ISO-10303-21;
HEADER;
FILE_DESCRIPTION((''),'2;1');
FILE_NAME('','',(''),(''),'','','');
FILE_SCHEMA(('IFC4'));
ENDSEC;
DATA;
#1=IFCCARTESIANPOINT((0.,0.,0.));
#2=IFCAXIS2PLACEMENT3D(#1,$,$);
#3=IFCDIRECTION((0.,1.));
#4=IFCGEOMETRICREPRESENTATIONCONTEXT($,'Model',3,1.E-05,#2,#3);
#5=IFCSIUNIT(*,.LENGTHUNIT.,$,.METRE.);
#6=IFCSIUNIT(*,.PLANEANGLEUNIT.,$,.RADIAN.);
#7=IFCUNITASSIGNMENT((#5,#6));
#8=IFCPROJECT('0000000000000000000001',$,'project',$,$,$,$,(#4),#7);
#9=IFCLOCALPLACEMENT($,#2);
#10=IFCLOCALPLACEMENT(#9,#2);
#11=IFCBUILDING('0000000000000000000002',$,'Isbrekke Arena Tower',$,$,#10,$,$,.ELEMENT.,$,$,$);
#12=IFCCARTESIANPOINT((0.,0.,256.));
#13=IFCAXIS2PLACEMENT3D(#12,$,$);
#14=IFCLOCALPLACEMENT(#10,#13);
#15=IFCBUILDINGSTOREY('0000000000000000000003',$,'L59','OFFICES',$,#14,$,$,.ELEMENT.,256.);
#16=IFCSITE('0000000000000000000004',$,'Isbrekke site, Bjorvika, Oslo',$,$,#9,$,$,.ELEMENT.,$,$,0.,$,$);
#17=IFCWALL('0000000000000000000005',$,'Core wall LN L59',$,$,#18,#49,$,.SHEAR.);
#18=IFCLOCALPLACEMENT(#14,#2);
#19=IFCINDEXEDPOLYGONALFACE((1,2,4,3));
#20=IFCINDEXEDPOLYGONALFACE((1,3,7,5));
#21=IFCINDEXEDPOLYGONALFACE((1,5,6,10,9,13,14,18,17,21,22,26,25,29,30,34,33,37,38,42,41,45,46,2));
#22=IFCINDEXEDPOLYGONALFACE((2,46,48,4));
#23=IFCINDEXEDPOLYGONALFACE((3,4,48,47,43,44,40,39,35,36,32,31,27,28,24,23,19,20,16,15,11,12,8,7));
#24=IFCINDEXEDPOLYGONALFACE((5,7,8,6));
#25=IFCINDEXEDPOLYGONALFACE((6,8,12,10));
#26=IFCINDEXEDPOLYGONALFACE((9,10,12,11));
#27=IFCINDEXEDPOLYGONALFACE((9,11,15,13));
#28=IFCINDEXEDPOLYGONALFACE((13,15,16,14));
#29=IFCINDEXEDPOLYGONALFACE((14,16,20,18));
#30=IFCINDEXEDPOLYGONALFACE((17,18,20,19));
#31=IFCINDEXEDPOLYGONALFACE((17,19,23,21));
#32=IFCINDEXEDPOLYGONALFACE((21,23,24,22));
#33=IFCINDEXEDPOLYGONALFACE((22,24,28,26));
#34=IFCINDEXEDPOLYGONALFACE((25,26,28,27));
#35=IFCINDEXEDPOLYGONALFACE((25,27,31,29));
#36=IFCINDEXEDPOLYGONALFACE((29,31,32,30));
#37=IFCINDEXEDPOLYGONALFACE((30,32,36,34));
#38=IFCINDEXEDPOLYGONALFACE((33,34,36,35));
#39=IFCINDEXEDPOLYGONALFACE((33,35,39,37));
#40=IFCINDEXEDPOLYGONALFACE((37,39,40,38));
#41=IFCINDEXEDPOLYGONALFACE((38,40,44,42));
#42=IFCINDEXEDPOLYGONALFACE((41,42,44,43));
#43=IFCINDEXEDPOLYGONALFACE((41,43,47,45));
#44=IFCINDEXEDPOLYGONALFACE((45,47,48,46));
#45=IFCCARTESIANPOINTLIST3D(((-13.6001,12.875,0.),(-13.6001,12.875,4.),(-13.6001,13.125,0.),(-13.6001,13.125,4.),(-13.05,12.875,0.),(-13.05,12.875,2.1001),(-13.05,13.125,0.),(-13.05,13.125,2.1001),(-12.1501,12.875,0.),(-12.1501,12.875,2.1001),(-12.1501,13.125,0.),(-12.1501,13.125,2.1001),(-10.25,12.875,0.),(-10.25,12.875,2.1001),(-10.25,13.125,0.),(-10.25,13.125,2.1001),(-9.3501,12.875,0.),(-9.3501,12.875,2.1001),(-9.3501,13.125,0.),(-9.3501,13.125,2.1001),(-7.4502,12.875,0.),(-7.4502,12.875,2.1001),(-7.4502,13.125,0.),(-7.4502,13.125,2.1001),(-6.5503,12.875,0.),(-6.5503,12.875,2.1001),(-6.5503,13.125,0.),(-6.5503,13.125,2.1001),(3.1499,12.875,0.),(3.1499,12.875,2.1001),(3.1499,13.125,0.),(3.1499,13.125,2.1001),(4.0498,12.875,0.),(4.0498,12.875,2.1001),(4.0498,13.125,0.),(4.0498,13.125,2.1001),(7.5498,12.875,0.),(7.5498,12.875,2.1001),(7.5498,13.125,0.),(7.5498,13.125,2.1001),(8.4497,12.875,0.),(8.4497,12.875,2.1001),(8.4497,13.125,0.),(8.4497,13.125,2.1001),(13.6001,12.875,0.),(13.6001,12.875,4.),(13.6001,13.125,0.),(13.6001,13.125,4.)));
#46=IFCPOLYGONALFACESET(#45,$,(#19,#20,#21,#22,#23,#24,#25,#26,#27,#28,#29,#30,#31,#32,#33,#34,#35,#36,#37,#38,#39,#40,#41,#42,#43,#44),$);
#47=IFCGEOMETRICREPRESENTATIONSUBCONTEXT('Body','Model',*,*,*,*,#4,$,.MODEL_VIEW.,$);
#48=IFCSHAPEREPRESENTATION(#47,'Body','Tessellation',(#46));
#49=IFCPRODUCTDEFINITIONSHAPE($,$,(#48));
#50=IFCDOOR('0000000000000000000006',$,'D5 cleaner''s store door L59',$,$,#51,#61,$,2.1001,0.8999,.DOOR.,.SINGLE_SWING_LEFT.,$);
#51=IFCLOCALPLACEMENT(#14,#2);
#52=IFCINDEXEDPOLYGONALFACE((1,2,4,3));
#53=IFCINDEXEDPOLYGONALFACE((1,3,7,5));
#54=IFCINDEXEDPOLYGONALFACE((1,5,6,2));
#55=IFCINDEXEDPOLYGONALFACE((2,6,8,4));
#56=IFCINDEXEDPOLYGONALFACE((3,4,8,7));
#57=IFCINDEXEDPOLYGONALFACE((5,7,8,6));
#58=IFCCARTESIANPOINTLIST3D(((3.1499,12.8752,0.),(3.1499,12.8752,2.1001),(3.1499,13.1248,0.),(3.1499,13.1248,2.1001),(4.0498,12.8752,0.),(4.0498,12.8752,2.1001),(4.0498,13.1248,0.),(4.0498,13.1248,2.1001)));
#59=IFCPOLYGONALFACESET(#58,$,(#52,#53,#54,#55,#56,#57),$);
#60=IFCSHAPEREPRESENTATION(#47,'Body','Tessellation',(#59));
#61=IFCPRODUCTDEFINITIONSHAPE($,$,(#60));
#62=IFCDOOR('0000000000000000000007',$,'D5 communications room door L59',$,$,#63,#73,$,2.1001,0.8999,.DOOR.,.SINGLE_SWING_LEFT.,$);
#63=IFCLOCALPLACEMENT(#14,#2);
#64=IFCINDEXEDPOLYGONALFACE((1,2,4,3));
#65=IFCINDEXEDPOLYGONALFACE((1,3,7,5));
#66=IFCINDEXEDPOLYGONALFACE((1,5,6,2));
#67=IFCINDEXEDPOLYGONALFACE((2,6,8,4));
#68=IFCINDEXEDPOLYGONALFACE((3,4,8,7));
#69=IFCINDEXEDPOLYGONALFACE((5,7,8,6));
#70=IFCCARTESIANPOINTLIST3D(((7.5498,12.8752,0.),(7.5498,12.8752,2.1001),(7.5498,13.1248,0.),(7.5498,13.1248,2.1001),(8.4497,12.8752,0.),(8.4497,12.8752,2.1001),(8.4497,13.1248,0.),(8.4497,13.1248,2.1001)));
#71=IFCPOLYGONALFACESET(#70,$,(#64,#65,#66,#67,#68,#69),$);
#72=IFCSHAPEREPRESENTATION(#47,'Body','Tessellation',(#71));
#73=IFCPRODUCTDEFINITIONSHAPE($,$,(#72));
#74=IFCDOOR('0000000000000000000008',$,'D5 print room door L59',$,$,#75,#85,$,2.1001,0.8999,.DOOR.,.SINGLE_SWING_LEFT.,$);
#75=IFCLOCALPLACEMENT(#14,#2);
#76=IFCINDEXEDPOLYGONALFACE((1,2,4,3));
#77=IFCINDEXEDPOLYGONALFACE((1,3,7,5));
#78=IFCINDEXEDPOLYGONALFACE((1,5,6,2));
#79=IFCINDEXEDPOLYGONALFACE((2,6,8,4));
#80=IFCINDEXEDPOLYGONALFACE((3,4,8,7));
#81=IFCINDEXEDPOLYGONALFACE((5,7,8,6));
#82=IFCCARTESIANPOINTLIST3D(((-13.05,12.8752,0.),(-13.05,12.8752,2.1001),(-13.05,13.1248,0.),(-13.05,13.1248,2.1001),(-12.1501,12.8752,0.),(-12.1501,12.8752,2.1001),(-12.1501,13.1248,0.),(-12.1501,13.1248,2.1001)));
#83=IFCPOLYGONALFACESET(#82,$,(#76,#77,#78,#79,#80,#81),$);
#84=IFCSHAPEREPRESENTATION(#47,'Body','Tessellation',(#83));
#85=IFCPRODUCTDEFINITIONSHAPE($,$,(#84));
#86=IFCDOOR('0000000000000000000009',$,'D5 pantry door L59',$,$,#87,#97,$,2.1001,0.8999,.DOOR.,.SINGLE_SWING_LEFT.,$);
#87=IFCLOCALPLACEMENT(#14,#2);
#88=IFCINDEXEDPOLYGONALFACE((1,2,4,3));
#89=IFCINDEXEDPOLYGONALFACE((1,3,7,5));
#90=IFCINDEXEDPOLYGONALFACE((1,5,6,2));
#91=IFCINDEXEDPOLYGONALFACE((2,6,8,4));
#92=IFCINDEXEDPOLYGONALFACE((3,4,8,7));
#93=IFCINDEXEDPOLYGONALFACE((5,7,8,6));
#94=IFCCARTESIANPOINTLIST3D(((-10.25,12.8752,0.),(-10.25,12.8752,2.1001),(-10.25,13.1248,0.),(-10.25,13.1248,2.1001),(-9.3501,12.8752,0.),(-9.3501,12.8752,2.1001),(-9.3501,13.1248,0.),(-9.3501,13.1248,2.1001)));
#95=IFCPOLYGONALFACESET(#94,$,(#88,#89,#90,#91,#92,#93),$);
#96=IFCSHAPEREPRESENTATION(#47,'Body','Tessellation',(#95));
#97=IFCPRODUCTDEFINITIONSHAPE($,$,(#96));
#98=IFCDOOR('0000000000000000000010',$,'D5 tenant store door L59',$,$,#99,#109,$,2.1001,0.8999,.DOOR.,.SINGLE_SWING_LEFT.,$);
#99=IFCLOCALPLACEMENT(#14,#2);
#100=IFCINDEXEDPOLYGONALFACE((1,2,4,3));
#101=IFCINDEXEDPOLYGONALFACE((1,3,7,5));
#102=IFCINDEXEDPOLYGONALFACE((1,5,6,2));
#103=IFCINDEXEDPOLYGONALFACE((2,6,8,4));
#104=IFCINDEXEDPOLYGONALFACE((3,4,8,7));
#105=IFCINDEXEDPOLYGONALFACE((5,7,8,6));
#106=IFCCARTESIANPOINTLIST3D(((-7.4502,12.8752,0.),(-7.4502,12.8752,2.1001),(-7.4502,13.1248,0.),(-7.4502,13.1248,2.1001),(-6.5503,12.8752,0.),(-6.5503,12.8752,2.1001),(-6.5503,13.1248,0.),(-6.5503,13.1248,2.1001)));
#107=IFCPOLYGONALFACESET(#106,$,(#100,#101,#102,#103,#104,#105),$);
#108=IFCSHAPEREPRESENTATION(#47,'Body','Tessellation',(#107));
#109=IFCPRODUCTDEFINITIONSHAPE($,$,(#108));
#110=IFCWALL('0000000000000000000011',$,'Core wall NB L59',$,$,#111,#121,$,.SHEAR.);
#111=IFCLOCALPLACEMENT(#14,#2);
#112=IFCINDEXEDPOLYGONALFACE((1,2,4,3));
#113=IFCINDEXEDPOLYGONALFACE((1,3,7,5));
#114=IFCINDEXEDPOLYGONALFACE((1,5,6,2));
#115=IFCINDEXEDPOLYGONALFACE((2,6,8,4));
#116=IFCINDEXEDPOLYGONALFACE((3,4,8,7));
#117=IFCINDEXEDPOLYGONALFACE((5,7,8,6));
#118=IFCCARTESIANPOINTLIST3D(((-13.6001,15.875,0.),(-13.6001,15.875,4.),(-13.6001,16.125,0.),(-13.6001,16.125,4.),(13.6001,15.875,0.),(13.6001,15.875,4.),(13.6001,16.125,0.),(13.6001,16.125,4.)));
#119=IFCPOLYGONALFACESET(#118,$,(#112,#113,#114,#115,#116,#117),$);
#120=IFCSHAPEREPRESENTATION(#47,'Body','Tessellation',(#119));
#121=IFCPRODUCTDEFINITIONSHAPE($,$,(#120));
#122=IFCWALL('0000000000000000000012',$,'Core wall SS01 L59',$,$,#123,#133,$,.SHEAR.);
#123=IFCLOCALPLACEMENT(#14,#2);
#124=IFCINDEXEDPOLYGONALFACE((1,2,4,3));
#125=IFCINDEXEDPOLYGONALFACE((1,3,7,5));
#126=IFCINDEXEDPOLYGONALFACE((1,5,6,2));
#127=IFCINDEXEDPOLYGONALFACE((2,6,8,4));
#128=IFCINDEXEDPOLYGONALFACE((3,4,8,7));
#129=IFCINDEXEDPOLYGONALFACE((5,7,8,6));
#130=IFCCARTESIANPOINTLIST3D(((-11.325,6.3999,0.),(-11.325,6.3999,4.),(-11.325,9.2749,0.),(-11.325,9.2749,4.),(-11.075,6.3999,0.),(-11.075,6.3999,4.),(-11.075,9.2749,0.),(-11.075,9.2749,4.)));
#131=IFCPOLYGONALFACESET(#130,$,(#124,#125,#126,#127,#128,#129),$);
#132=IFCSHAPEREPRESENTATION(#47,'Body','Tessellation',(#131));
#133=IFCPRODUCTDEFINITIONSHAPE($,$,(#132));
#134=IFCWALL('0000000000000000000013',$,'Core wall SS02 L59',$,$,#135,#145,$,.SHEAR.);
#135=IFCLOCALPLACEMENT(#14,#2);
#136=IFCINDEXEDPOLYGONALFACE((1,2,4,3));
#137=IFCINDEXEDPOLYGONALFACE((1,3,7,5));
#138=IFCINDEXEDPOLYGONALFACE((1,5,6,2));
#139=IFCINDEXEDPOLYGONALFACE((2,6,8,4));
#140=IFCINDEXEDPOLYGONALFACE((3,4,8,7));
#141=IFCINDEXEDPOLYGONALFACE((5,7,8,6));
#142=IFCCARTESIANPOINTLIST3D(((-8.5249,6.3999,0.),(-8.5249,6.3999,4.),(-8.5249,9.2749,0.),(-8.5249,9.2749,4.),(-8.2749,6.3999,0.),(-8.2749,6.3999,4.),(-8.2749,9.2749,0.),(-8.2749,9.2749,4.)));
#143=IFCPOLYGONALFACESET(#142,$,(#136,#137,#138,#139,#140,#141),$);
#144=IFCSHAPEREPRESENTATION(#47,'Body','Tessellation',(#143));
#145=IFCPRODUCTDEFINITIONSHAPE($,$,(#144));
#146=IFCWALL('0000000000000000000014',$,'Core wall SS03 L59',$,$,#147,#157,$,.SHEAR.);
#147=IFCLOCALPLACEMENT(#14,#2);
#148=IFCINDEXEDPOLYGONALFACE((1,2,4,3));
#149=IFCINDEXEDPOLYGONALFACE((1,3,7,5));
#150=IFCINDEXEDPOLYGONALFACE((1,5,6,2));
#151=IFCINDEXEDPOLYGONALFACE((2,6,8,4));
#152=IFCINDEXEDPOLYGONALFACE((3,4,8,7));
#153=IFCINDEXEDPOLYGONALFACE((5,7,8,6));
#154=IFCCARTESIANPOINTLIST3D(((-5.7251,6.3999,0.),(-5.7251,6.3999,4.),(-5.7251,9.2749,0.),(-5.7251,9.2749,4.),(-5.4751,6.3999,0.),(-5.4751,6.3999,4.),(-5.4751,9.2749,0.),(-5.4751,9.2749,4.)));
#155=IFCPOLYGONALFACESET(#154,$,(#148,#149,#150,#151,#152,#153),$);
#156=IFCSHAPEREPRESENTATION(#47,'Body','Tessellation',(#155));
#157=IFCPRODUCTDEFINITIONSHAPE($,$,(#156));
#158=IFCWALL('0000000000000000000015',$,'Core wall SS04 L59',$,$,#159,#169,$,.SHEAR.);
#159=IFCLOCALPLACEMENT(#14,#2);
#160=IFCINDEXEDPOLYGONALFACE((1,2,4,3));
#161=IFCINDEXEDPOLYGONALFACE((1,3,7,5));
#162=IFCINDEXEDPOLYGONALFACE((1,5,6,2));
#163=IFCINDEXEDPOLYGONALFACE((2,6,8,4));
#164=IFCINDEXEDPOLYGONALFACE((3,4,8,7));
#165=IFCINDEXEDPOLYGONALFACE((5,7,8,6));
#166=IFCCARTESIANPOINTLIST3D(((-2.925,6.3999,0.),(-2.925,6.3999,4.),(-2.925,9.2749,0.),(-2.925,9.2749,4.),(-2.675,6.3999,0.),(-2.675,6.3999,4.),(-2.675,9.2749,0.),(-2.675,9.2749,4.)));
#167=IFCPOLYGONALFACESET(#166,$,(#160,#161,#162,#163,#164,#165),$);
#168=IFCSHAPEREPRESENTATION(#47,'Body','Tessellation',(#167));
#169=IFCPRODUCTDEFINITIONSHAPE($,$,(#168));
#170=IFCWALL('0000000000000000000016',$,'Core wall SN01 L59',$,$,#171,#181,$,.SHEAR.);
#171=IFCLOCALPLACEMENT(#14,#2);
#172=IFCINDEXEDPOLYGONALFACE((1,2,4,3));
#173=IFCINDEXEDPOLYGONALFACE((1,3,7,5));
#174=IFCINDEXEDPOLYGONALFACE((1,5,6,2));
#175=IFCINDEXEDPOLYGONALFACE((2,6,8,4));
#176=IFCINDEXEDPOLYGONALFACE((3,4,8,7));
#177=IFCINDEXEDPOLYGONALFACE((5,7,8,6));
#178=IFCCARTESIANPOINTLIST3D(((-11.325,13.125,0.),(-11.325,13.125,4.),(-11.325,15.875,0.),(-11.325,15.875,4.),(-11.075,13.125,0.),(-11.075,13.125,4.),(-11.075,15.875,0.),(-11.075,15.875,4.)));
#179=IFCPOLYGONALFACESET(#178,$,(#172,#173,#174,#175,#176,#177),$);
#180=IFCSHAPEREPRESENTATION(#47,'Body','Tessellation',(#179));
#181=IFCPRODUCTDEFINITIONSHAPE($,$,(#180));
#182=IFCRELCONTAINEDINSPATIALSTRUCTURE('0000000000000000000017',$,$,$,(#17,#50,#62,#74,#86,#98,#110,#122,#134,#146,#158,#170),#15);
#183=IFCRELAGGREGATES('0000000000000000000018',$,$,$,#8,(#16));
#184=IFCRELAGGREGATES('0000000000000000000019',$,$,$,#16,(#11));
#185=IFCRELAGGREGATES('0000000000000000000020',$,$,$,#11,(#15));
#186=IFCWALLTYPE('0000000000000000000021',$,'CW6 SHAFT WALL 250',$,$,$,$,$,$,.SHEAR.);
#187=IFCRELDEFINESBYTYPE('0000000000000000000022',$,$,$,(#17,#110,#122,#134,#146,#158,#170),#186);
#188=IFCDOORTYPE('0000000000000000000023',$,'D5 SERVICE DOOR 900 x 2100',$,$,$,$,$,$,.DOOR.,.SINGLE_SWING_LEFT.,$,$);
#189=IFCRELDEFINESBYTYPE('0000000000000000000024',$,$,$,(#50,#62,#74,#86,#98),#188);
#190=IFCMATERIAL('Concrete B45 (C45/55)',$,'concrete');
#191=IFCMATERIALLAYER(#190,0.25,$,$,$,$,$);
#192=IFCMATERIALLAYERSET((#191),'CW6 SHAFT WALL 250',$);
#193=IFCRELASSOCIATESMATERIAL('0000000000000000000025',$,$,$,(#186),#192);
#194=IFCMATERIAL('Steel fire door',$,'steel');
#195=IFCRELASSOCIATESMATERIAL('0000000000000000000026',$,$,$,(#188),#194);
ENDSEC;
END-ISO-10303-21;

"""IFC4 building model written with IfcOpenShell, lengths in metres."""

from ifc_helpers import new_model, si_unit, direction, frame, frame_2d, origin, place, context, subcontext, project, spatial, rectangle, extrude, material, layer, layer_set, type_object, element, fill, save


model = new_model("IFC4")

# Units and contexts
model_context = context("Model", 3, precision=1e-05, world=origin(), true_north=direction((0.0, 1.0)))
body_context = subcontext(model_context, "Body", "Model", "MODEL_VIEW")
ifc_project = project(units=[si_unit("LENGTHUNIT", "METRE"), si_unit("PLANEANGLEUNIT", "RADIAN")], contexts=[model_context])

# Site, building, storey
site_placement = place(None, origin())
site = spatial("IfcSite", under=ifc_project, at=site_placement, Name="Isbrekke site, Bjorvika, Oslo", CompositionType="ELEMENT", RefElevation=0.0)
building_placement = place(site_placement, origin())
building = spatial("IfcBuilding", under=site, at=building_placement, Name="Isbrekke Arena Tower", CompositionType="ELEMENT")
storey_placement = place(building_placement, frame((0.0, 0.0, 256.0)))
storey = spatial("IfcBuildingStorey", under=building, at=storey_placement, Name="L59", Description="OFFICES", CompositionType="ELEMENT", Elevation=256.0)

# Wall, openings, doors
ifc_material_1 = material(Name="Concrete B45 (C45/55)", Category="concrete")
ifc_layer_1 = layer(ifc_material_1, 0.25)
ifc_layer_set_1 = layer_set([ifc_layer_1], Name="CW6 SHAFT WALL 250")
wall_type_1 = type_object("IfcWallType", Name="CW6 SHAFT WALL 250", PredefinedType="SHEAR", material=ifc_layer_set_1)
wall_1_placement = place(storey_placement, frame((-13.6001, 13.0, 0.0), z_axis=(0.0, 0.0, 1.0), x_axis=(1.0, 0.0, 0.0)))
wall_1 = element("IfcWall", 1, at=wall_1_placement, inside=storey, type_object=wall_type_1, Name="Core wall LN L59", PredefinedType="SHEAR", context=body_context, shape_type="SweptSolid", body=[
    extrude(rectangle(XDim=27.2002, YDim=0.25, at=frame_2d((13.6001, 0.0))), origin(), (0.0, 0.0, 1.0), 4.0),
])
opening_1_placement = place(wall_1_placement, frame((16.75, 0.0, 0.0)))
opening_1 = element("IfcOpeningElement", 2, at=opening_1_placement, cuts=wall_1, PredefinedType="OPENING", context=body_context, shape_type="SweptSolid", body=[
    extrude(rectangle(XDim=0.8999, YDim=2.1001, at=frame_2d((0.45, 1.05))), frame((0.0, 0.1399, 0.0), z_axis=(0.0, -1.0, 0.0), x_axis=(1.0, 0.0, 0.0)), (0.0, 0.0, 1.0), 0.2798),
])
opening_2_placement = place(wall_1_placement, frame((21.1499, 0.0, 0.0)))
opening_2 = element("IfcOpeningElement", 3, at=opening_2_placement, cuts=wall_1, PredefinedType="OPENING", context=body_context, shape_type="SweptSolid", body=[
    extrude(rectangle(XDim=0.8999, YDim=2.1001, at=frame_2d((0.45, 1.05))), frame((0.0, 0.1399, 0.0), z_axis=(0.0, -1.0, 0.0), x_axis=(1.0, 0.0, 0.0)), (0.0, 0.0, 1.0), 0.2798),
])
opening_3_placement = place(wall_1_placement, frame((0.55, 0.0, 0.0)))
opening_3 = element("IfcOpeningElement", 4, at=opening_3_placement, cuts=wall_1, PredefinedType="OPENING", context=body_context, shape_type="SweptSolid", body=[
    extrude(rectangle(XDim=0.8999, YDim=2.1001, at=frame_2d((0.45, 1.05))), frame((0.0, 0.1399, 0.0), z_axis=(0.0, -1.0, 0.0), x_axis=(1.0, 0.0, 0.0)), (0.0, 0.0, 1.0), 0.2798),
])
opening_4_placement = place(wall_1_placement, frame((3.3501, 0.0, 0.0)))
opening_4 = element("IfcOpeningElement", 5, at=opening_4_placement, cuts=wall_1, PredefinedType="OPENING", context=body_context, shape_type="SweptSolid", body=[
    extrude(rectangle(XDim=0.8999, YDim=2.1001, at=frame_2d((0.45, 1.05))), frame((0.0, 0.1399, 0.0), z_axis=(0.0, -1.0, 0.0), x_axis=(1.0, 0.0, 0.0)), (0.0, 0.0, 1.0), 0.2798),
])
opening_5_placement = place(wall_1_placement, frame((6.1499, 0.0, 0.0)))
opening_5 = element("IfcOpeningElement", 6, at=opening_5_placement, cuts=wall_1, PredefinedType="OPENING", context=body_context, shape_type="SweptSolid", body=[
    extrude(rectangle(XDim=0.8999, YDim=2.1001, at=frame_2d((0.45, 1.05))), frame((0.0, 0.1399, 0.0), z_axis=(0.0, -1.0, 0.0), x_axis=(1.0, 0.0, 0.0)), (0.0, 0.0, 1.0), 0.2798),
])
ifc_material_2 = material(Name="Steel fire door", Category="steel")
door_type_1 = type_object("IfcDoorType", Name="D5 SERVICE DOOR 900 x 2100", OperationType="SINGLE_SWING_LEFT", PredefinedType="DOOR", material=ifc_material_2)
door_1_placement = place(opening_1_placement, origin())
door_1 = element("IfcDoor", 7, at=door_1_placement, inside=storey, type_object=door_type_1, Name="D5 cleaner's store door L59", OperationType="SINGLE_SWING_LEFT", OverallHeight=2.1001, OverallWidth=0.8999, PredefinedType="DOOR", context=body_context, shape_type="SweptSolid", body=[
    extrude(rectangle(XDim=0.8999, YDim=2.1001, at=frame_2d((0.45, 1.05))), frame((0.0, 0.1248, 0.0), z_axis=(0.0, -1.0, 0.0), x_axis=(1.0, 0.0, 0.0)), (0.0, 0.0, 1.0), 0.2495),
])
fill(opening_1, door_1)
door_2_placement = place(opening_2_placement, origin())
door_2 = element("IfcDoor", 8, at=door_2_placement, inside=storey, type_object=door_type_1, Name="D5 communications room door L59", OperationType="SINGLE_SWING_LEFT", OverallHeight=2.1001, OverallWidth=0.8999, PredefinedType="DOOR", context=body_context, shape_type="SweptSolid", body=[
    extrude(rectangle(XDim=0.8999, YDim=2.1001, at=frame_2d((0.45, 1.05))), frame((0.0, 0.1248, 0.0), z_axis=(0.0, -1.0, 0.0), x_axis=(1.0, 0.0, 0.0)), (0.0, 0.0, 1.0), 0.2495),
])
fill(opening_2, door_2)
door_3_placement = place(opening_3_placement, origin())
door_3 = element("IfcDoor", 9, at=door_3_placement, inside=storey, type_object=door_type_1, Name="D5 print room door L59", OperationType="SINGLE_SWING_LEFT", OverallHeight=2.1001, OverallWidth=0.8999, PredefinedType="DOOR", context=body_context, shape_type="SweptSolid", body=[
    extrude(rectangle(XDim=0.8999, YDim=2.1001, at=frame_2d((0.45, 1.05))), frame((0.0, 0.1248, 0.0), z_axis=(0.0, -1.0, 0.0), x_axis=(1.0, 0.0, 0.0)), (0.0, 0.0, 1.0), 0.2495),
])
fill(opening_3, door_3)
door_4_placement = place(opening_4_placement, origin())
door_4 = element("IfcDoor", 10, at=door_4_placement, inside=storey, type_object=door_type_1, Name="D5 pantry door L59", OperationType="SINGLE_SWING_LEFT", OverallHeight=2.1001, OverallWidth=0.8999, PredefinedType="DOOR", context=body_context, shape_type="SweptSolid", body=[
    extrude(rectangle(XDim=0.8999, YDim=2.1001, at=frame_2d((0.45, 1.05))), frame((0.0, 0.1248, 0.0), z_axis=(0.0, -1.0, 0.0), x_axis=(1.0, 0.0, 0.0)), (0.0, 0.0, 1.0), 0.2495),
])
fill(opening_4, door_4)
door_5_placement = place(opening_5_placement, origin())
door_5 = element("IfcDoor", 11, at=door_5_placement, inside=storey, type_object=door_type_1, Name="D5 tenant store door L59", OperationType="SINGLE_SWING_LEFT", OverallHeight=2.1001, OverallWidth=0.8999, PredefinedType="DOOR", context=body_context, shape_type="SweptSolid", body=[
    extrude(rectangle(XDim=0.8999, YDim=2.1001, at=frame_2d((0.45, 1.05))), frame((0.0, 0.1248, 0.0), z_axis=(0.0, -1.0, 0.0), x_axis=(1.0, 0.0, 0.0)), (0.0, 0.0, 1.0), 0.2495),
])
fill(opening_5, door_5)

# Walls
wall_2_placement = place(storey_placement, frame((-13.6001, 16.0, 0.0), z_axis=(0.0, 0.0, 1.0), x_axis=(1.0, 0.0, 0.0)))
element("IfcWall", 12, at=wall_2_placement, inside=storey, type_object=wall_type_1, Name="Core wall NB L59", PredefinedType="SHEAR", context=body_context, shape_type="SweptSolid", body=[
    extrude(rectangle(XDim=27.2002, YDim=0.25, at=frame_2d((13.6001, 0.0))), origin(), (0.0, 0.0, 1.0), 4.0),
])
for number, where, z_axis, x_axis, name in (
    (13, (-11.2, 6.3999, 0.0), (0.0, 0.0, 1.0), (0.0, 1.0, 0.0), "Core wall SS01 L59"),
    (14, (-8.3999, 6.3999, 0.0), (0.0, 0.0, 1.0), (0.0, 1.0, 0.0), "Core wall SS02 L59"),
    (15, (-5.6001, 6.3999, 0.0), (0.0, 0.0, 1.0), (0.0, 1.0, 0.0), "Core wall SS03 L59"),
    (16, (-2.8, 6.3999, 0.0), (0.0, 0.0, 1.0), (0.0, 1.0, 0.0), "Core wall SS04 L59"),
):
    element("IfcWall", number, at=place(storey_placement, frame(where, z_axis=z_axis, x_axis=x_axis)), inside=storey, type_object=wall_type_1, Name=name, PredefinedType="SHEAR", context=body_context, shape_type="SweptSolid", body=[
        extrude(rectangle(XDim=2.875, YDim=0.25, at=frame_2d((1.4375, 0.0))), origin(), (0.0, 0.0, 1.0), 4.0),
    ])
for number, where, z_axis, x_axis, name in (
    (17, (-11.2, 13.125, 0.0), (0.0, 0.0, 1.0), (0.0, 1.0, 0.0), "Core wall SN01 L59"),
):
    element("IfcWall", number, at=place(storey_placement, frame(where, z_axis=z_axis, x_axis=x_axis)), inside=storey, type_object=wall_type_1, Name=name, PredefinedType="SHEAR", context=body_context, shape_type="SweptSolid", body=[
        extrude(rectangle(XDim=2.75, YDim=0.25, at=frame_2d((1.375, 0.0))), origin(), (0.0, 0.0, 1.0), 4.0),
    ])

save(model, "model.ifc")
